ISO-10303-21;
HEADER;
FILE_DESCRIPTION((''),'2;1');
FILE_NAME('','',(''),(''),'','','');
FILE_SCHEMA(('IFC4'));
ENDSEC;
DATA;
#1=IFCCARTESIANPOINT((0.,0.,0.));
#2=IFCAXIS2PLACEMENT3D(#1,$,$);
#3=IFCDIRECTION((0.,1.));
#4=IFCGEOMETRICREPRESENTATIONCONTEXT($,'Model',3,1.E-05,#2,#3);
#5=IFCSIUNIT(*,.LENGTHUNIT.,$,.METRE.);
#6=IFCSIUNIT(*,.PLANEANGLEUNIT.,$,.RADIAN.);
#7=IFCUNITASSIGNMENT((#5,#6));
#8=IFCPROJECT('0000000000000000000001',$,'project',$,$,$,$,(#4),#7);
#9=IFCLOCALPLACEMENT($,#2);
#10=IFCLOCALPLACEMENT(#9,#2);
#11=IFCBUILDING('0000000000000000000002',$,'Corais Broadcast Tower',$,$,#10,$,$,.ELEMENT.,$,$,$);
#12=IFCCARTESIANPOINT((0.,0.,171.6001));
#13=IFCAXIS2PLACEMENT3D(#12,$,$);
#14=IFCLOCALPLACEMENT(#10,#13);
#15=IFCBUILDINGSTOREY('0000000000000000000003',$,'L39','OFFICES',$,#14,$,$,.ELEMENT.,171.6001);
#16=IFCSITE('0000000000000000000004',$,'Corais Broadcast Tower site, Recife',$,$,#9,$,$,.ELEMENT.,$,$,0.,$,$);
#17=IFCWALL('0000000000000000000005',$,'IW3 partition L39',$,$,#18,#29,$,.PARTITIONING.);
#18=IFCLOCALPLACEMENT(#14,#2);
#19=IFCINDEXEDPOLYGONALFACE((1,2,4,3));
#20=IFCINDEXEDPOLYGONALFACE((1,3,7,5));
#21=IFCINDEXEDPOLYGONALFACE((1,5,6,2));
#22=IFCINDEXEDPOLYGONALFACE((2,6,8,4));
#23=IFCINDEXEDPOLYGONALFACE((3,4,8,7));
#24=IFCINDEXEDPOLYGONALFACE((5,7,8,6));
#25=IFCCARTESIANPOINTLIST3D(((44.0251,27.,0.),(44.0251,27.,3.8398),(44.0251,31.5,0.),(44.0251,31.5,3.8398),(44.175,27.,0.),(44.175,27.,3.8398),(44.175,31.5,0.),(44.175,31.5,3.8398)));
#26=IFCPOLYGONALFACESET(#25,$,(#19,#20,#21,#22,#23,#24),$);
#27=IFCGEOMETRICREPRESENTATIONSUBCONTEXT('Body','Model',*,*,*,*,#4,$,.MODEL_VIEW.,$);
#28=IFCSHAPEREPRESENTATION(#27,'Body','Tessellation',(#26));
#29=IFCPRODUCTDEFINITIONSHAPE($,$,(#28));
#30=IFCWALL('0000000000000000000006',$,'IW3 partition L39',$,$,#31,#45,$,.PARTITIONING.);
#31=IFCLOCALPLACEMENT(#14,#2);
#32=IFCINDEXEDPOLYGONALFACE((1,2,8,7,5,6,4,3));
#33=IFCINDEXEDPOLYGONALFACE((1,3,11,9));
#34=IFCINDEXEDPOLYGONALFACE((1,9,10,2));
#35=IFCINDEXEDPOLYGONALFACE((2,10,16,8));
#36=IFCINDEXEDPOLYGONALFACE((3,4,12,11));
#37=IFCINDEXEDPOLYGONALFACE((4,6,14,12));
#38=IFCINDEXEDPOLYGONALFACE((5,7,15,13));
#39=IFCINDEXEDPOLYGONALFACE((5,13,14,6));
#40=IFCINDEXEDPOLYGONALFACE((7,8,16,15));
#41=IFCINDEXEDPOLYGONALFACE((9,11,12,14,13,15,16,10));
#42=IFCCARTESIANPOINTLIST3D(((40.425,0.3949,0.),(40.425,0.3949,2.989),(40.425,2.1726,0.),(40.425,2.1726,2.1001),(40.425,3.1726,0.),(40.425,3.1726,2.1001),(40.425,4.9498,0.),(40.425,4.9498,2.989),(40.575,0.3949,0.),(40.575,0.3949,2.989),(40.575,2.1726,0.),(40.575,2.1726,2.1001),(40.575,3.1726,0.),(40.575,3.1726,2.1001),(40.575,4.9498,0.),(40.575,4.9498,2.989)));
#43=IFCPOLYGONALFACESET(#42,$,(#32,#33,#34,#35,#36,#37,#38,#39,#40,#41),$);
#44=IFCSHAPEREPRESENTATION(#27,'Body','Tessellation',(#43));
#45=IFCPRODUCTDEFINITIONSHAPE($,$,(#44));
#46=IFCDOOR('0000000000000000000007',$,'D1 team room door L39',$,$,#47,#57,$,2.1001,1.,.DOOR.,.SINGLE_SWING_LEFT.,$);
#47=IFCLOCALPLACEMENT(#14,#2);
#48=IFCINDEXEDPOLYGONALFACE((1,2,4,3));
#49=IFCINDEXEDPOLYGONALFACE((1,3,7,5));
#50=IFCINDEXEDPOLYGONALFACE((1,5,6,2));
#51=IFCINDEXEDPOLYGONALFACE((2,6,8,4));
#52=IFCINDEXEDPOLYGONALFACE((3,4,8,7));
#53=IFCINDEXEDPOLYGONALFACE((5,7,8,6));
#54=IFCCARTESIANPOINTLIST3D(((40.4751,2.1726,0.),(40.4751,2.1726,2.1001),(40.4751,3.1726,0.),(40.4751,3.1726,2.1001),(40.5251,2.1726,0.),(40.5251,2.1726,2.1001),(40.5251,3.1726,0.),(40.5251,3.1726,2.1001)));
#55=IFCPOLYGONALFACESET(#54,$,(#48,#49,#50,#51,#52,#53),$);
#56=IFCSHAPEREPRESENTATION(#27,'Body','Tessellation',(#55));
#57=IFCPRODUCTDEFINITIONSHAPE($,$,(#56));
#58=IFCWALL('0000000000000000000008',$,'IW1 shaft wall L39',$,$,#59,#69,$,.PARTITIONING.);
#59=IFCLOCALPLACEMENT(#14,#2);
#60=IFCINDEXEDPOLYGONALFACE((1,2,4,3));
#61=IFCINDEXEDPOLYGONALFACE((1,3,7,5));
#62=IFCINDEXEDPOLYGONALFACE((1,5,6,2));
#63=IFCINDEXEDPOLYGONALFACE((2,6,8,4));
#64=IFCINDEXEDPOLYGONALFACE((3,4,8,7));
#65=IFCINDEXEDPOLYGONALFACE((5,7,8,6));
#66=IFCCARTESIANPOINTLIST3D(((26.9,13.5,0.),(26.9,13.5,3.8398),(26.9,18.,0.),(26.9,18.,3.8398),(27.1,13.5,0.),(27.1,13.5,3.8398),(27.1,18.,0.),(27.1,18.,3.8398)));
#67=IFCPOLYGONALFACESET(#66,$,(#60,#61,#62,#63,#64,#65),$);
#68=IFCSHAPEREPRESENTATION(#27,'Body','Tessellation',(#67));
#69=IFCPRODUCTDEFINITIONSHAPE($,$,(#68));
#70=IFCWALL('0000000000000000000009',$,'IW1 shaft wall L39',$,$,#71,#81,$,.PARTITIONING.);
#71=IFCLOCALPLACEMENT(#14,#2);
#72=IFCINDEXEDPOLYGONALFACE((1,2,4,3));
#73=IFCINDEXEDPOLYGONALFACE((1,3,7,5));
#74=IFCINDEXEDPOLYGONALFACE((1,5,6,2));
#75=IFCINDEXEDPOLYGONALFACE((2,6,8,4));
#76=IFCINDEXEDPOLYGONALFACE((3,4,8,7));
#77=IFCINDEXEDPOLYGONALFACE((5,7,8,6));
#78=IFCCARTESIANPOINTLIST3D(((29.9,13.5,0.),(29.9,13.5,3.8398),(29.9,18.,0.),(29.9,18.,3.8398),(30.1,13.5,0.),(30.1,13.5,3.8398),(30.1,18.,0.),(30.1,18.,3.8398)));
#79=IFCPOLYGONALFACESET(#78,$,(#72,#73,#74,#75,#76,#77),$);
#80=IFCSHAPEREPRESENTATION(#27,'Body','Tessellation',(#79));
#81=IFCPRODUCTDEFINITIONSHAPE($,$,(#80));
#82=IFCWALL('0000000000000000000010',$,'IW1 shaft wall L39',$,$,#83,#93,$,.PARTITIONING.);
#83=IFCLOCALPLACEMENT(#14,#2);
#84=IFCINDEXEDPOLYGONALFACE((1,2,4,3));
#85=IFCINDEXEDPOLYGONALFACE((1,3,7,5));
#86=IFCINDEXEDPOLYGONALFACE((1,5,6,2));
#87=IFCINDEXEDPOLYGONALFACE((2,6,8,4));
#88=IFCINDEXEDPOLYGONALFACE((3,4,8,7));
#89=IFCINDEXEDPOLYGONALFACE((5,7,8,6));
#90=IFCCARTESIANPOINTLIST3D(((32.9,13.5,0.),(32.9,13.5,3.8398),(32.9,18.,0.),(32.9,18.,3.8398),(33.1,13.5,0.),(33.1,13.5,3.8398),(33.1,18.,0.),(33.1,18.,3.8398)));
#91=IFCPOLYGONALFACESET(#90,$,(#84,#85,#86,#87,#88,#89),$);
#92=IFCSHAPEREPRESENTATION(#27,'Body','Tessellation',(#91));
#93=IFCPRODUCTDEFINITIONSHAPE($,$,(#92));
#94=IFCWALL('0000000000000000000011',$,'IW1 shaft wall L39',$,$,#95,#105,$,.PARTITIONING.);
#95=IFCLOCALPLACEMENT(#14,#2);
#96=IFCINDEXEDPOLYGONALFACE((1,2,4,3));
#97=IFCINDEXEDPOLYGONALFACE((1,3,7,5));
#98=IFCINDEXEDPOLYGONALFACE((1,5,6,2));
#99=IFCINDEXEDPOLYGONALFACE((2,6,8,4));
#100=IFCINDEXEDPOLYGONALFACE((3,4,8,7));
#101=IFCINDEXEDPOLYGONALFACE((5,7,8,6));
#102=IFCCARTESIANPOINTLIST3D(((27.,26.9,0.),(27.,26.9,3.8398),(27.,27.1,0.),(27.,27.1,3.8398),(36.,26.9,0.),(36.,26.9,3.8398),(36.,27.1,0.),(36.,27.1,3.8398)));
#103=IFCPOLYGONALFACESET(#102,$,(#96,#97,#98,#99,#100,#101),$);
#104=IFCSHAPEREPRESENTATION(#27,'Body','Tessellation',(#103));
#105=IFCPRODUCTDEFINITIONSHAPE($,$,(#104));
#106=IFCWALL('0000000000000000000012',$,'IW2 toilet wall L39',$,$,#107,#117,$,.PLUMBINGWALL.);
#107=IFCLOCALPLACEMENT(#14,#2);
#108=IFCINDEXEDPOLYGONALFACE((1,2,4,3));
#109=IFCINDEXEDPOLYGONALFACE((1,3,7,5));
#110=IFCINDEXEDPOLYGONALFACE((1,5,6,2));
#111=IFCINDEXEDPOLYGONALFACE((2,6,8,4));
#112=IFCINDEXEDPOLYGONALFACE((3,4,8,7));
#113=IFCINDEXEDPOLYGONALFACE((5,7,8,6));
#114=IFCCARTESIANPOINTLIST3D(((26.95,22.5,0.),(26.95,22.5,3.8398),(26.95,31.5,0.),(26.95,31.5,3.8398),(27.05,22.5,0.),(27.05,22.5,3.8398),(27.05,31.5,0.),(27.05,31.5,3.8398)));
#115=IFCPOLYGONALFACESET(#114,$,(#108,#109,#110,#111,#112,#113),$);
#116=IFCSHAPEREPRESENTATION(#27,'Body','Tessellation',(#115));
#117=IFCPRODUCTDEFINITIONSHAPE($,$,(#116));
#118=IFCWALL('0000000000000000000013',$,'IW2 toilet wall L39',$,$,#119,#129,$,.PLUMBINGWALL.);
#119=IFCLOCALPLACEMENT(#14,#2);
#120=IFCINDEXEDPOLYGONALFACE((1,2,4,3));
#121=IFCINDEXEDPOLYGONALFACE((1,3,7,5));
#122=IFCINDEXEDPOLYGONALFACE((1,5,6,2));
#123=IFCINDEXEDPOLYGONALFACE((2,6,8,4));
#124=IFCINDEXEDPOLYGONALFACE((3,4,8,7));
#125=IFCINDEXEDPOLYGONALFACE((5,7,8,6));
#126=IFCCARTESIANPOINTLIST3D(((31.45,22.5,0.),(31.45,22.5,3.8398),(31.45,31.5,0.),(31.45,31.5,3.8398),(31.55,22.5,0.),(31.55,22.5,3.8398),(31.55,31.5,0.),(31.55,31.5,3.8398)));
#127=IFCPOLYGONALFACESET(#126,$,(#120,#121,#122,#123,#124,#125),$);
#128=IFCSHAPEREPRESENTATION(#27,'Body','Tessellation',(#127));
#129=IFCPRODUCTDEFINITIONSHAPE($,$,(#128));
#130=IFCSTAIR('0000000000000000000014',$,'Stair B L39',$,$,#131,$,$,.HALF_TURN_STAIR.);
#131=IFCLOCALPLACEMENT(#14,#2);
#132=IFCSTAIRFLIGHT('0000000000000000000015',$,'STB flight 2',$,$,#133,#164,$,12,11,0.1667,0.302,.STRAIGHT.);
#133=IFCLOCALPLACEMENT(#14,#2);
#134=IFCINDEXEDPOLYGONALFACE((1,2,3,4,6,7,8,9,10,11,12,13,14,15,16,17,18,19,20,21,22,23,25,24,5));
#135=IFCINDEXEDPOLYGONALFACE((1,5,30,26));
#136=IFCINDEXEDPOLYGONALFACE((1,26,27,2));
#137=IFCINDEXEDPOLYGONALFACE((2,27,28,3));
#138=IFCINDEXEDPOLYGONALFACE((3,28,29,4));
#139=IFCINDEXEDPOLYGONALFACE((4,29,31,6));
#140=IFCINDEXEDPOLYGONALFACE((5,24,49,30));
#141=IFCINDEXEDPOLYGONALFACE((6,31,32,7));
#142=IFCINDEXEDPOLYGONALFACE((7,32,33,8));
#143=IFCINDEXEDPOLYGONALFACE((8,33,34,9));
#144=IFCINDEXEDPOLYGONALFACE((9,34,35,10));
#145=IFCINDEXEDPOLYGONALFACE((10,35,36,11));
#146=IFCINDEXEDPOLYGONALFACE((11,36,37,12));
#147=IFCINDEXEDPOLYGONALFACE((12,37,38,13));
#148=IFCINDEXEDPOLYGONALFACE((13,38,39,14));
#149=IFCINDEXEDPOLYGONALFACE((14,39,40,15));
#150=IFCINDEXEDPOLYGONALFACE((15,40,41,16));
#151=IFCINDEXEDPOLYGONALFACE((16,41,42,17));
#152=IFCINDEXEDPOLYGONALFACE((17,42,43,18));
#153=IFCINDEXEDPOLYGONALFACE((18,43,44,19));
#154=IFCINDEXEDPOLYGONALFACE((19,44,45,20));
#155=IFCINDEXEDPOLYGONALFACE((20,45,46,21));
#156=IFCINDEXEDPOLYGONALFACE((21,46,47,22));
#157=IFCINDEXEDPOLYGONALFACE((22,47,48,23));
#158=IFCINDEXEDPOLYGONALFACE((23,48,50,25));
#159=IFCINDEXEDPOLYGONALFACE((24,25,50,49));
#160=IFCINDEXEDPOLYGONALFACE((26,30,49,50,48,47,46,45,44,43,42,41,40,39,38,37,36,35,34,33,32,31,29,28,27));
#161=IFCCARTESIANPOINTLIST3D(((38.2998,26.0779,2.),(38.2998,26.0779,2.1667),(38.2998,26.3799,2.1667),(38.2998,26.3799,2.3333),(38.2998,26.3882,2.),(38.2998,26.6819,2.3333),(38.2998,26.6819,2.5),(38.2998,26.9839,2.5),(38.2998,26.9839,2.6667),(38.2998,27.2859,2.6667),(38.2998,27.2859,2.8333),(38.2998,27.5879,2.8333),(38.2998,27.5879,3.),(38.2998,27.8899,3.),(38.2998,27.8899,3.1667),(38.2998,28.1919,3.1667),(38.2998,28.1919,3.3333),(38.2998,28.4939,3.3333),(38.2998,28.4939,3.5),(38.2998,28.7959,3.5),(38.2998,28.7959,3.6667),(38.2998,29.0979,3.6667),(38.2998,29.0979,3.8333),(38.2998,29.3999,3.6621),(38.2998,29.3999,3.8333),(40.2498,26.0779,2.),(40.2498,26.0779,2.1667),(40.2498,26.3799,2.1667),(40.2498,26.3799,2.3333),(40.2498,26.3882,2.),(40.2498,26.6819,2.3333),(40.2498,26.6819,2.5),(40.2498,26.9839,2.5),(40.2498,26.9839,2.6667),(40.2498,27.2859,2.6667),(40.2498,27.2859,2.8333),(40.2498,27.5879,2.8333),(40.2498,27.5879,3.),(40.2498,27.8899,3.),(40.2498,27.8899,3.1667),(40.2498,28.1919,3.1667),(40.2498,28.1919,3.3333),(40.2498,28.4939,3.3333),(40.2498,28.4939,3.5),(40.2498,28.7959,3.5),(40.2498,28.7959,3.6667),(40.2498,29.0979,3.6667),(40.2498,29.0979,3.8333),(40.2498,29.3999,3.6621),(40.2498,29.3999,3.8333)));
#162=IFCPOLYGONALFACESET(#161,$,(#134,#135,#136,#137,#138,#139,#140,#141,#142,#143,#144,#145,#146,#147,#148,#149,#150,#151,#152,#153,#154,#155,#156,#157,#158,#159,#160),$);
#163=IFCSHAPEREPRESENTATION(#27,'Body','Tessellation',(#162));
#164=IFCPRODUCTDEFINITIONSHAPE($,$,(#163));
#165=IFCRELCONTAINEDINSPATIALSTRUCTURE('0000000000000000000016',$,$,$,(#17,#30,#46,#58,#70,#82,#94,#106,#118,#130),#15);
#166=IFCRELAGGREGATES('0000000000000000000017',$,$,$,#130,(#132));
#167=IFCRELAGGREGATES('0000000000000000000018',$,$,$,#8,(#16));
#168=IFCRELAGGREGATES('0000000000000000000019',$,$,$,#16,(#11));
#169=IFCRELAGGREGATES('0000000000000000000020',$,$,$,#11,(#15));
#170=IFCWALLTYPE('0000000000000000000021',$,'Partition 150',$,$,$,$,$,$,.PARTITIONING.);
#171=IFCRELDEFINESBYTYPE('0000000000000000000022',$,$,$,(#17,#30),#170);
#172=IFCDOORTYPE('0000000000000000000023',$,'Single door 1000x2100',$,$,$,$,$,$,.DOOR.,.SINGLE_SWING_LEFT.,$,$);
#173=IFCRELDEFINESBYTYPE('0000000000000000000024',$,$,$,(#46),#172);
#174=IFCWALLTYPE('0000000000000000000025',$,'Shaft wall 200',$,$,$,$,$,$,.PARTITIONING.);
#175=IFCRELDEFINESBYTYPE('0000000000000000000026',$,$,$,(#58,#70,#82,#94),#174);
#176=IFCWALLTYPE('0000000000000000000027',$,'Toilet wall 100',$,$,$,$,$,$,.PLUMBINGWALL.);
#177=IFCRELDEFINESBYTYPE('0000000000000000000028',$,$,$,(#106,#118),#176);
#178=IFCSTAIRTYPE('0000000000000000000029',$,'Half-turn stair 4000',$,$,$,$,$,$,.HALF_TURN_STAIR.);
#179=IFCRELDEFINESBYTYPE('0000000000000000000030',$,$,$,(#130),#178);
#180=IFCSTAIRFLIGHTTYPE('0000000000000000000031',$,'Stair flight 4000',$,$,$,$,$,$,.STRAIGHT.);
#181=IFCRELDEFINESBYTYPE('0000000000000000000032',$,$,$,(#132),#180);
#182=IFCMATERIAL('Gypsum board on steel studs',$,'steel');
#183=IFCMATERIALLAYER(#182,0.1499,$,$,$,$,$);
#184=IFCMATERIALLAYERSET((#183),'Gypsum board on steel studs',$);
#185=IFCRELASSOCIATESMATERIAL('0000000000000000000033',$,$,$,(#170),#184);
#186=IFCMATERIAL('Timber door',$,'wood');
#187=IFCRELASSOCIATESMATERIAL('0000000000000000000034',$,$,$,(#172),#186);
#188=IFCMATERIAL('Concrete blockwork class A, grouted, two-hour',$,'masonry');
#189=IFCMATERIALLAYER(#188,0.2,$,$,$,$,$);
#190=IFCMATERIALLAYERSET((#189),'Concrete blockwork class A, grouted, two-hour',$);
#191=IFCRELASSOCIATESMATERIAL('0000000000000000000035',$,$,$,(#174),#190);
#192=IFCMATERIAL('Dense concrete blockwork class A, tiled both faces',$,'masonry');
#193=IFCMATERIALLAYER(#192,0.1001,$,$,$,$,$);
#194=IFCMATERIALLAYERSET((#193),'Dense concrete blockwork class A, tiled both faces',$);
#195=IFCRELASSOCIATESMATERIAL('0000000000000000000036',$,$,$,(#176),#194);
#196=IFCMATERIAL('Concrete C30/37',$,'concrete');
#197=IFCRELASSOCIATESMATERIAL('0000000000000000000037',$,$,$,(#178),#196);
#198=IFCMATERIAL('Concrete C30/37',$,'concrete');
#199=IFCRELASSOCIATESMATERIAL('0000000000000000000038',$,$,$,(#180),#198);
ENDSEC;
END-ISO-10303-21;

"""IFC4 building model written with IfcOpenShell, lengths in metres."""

from ifc_helpers import new_model, si_unit, direction, frame, frame_2d, origin, place, context, subcontext, project, spatial, polyline, rectangle, outline, extrude, material, layer, layer_set, type_object, element, fill, aggregate, save


model = new_model("IFC4")

# Units and contexts
model_context = context("Model", 3, precision=1e-05, world=origin(), true_north=direction((0.0, 1.0)))
body_context = subcontext(model_context, "Body", "Model", "MODEL_VIEW")
ifc_project = project(units=[si_unit("LENGTHUNIT", "METRE"), si_unit("PLANEANGLEUNIT", "RADIAN")], contexts=[model_context])

# Site, building, storey
site_placement = place(None, origin())
site = spatial("IfcSite", under=ifc_project, at=site_placement, Name="Corais Broadcast Tower site, Recife", CompositionType="ELEMENT", RefElevation=0.0)
building_placement = place(site_placement, origin())
building = spatial("IfcBuilding", under=site, at=building_placement, Name="Corais Broadcast Tower", CompositionType="ELEMENT")
storey_placement = place(building_placement, frame((0.0, 0.0, 171.6001)))
storey = spatial("IfcBuildingStorey", under=building, at=storey_placement, Name="L39", Description="OFFICES", CompositionType="ELEMENT", Elevation=171.6001)

# Shared definitions
ifc_material_1 = material(Name="Gypsum board on steel studs", Category="steel")
ifc_layer_1 = layer(ifc_material_1, 0.1499)
ifc_layer_set_1 = layer_set([ifc_layer_1], Name="Gypsum board on steel studs")
wall_type_1 = type_object("IfcWallType", Name="Partition 150", PredefinedType="PARTITIONING", material=ifc_layer_set_1)
ifc_material_2 = material(Name="Timber door", Category="wood")
door_type_1 = type_object("IfcDoorType", Name="Single door 1000x2100", OperationType="SINGLE_SWING_LEFT", PredefinedType="DOOR", material=ifc_material_2)

# Wall
wall_1_placement = place(storey_placement, frame((44.1001, 27.0, 0.0), z_axis=(0.0, 0.0, 1.0), x_axis=(0.0, 1.0, 0.0)))
element("IfcWall", 1, at=wall_1_placement, inside=storey, type_object=wall_type_1, Name="IW3 partition L39", PredefinedType="PARTITIONING", context=body_context, shape_type="SweptSolid", body=[
    extrude(rectangle(XDim=4.5, YDim=0.1499, at=frame_2d((2.25, 0.0))), origin(), (0.0, 0.0, 1.0), 3.8398),
])

# Wall, opening, door
wall_2_placement = place(storey_placement, frame((40.5, 0.395, 0.0), z_axis=(0.0, 0.0, 1.0), x_axis=(0.0, 1.0, 0.0)))
wall_2 = element("IfcWall", 2, at=wall_2_placement, inside=storey, type_object=wall_type_1, Name="IW3 partition L39", PredefinedType="PARTITIONING", context=body_context, shape_type="SweptSolid", body=[
    extrude(rectangle(XDim=4.5549, YDim=0.1499, at=frame_2d((2.2773, 0.0))), origin(), (0.0, 0.0, 1.0), 2.989),
])
opening_1_placement = place(wall_2_placement, frame((1.7776, 0.0, 0.0)))
opening_1 = element("IfcOpeningElement", 3, at=opening_1_placement, cuts=wall_2, PredefinedType="OPENING", context=body_context, shape_type="SweptSolid", body=[
    extrude(rectangle(XDim=1.0, YDim=2.1001, at=frame_2d((0.5, 1.05))), frame((0.0, 0.085, 0.0), z_axis=(0.0, -1.0, 0.0), x_axis=(1.0, 0.0, 0.0)), (0.0, 0.0, 1.0), 0.1699),
])
door_1_placement = place(opening_1_placement, origin())
door_1 = element("IfcDoor", 4, at=door_1_placement, inside=storey, type_object=door_type_1, Name="D1 team room door L39", OperationType="SINGLE_SWING_LEFT", OverallHeight=2.1001, OverallWidth=1.0, PredefinedType="DOOR", context=body_context, shape_type="SweptSolid", body=[
    extrude(rectangle(XDim=1.0, YDim=2.1001, at=frame_2d((0.5, 1.05))), frame((0.0, 0.0249, 0.0), z_axis=(0.0, -1.0, 0.0), x_axis=(1.0, 0.0, 0.0)), (0.0, 0.0, 1.0), 0.05),
])
fill(opening_1, door_1)

# Walls
ifc_material_3 = material(Name="Concrete blockwork class A, grouted, two-hour", Category="masonry")
ifc_layer_2 = layer(ifc_material_3, 0.2)
ifc_layer_set_2 = layer_set([ifc_layer_2], Name="Concrete blockwork class A, grouted, two-hour")
wall_type_2 = type_object("IfcWallType", Name="Shaft wall 200", PredefinedType="PARTITIONING", material=ifc_layer_set_2)
for number, where, z_axis, x_axis, name in (
    (5, (27.0, 13.5, 0.0), (0.0, 0.0, 1.0), (0.0, 1.0, 0.0), "IW1 shaft wall L39"),
    (6, (30.0, 13.5, 0.0), (0.0, 0.0, 1.0), (0.0, 1.0, 0.0), "IW1 shaft wall L39"),
    (7, (33.0, 13.5, 0.0), (0.0, 0.0, 1.0), (0.0, 1.0, 0.0), "IW1 shaft wall L39"),
):
    element("IfcWall", number, at=place(storey_placement, frame(where, z_axis=z_axis, x_axis=x_axis)), inside=storey, type_object=wall_type_2, Name=name, PredefinedType="PARTITIONING", context=body_context, shape_type="SweptSolid", body=[
        extrude(rectangle(XDim=4.5, YDim=0.2, at=frame_2d((2.25, 0.0))), origin(), (0.0, 0.0, 1.0), 3.8398),
    ])
wall_3_placement = place(storey_placement, frame((27.0, 27.0, 0.0), z_axis=(0.0, 0.0, 1.0), x_axis=(1.0, 0.0, 0.0)))
element("IfcWall", 8, at=wall_3_placement, inside=storey, type_object=wall_type_2, Name="IW1 shaft wall L39", PredefinedType="PARTITIONING", context=body_context, shape_type="SweptSolid", body=[
    extrude(rectangle(XDim=9.0, YDim=0.2, at=frame_2d((4.5, 0.0))), origin(), (0.0, 0.0, 1.0), 3.8398),
])
ifc_material_4 = material(Name="Dense concrete blockwork class A, tiled both faces", Category="masonry")
ifc_layer_3 = layer(ifc_material_4, 0.1001)
ifc_layer_set_3 = layer_set([ifc_layer_3], Name="Dense concrete blockwork class A, tiled both faces")
wall_type_3 = type_object("IfcWallType", Name="Toilet wall 100", PredefinedType="PLUMBINGWALL", material=ifc_layer_set_3)
for number, where, z_axis, x_axis, name in (
    (9, (27.0, 22.5, 0.0), (0.0, 0.0, 1.0), (0.0, 1.0, 0.0), "IW2 toilet wall L39"),
    (10, (31.5, 22.5, 0.0), (0.0, 0.0, 1.0), (0.0, 1.0, 0.0), "IW2 toilet wall L39"),
):
    element("IfcWall", number, at=place(storey_placement, frame(where, z_axis=z_axis, x_axis=x_axis)), inside=storey, type_object=wall_type_3, Name=name, PredefinedType="PLUMBINGWALL", context=body_context, shape_type="SweptSolid", body=[
        extrude(rectangle(XDim=9.0, YDim=0.1001, at=frame_2d((4.5, 0.0))), origin(), (0.0, 0.0, 1.0), 3.8398),
    ])

# Stair, stair flight
ifc_material_5 = material(Name="Concrete C30/37", Category="concrete")
stair_type = type_object("IfcStairType", Name="Half-turn stair 4000", PredefinedType="HALF_TURN_STAIR", material=ifc_material_5)
stair_placement = place(storey_placement, origin())
stair = element("IfcStair", 11, at=stair_placement, inside=storey, type_object=stair_type, Name="Stair B L39", PredefinedType="HALF_TURN_STAIR")
ifc_material_6 = material(Name="Concrete C30/37", Category="concrete")
stair_flight_type = type_object("IfcStairFlightType", Name="Stair flight 4000", PredefinedType="STRAIGHT", material=ifc_material_6)
stair_flight_placement = place(storey_placement, frame((39.2749, 26.0779, 2.0), z_axis=(0.0, 0.0, 1.0), x_axis=(0.0, 1.0, 0.0)))
stair_flight = element("IfcStairFlight", 12, at=stair_flight_placement, type_object=stair_flight_type, Name="STB flight 2", NumberOfRisers=12, NumberOfTreads=11, PredefinedType="STRAIGHT", RiserHeight=0.1667, TreadLength=0.302, context=body_context, shape_type="SweptSolid", body=[
    extrude(outline(polyline([(0.0, 0.0), (0.0, 0.1667), (0.302, 0.1667), (0.302, 0.3333), (0.604, 0.3333), (0.604, 0.5), (0.906, 0.5), (0.906, 0.6667), (1.208, 0.6667), (1.208, 0.8333), (1.51, 0.8333), (1.51, 1.0), (1.812, 1.0), (1.812, 1.1667), (2.114, 1.1667), (2.114, 1.3333), (2.416, 1.3333), (2.416, 1.5), (2.718, 1.5), (2.718, 1.6667), (3.02, 1.6667), (3.02, 1.8333), (3.322, 1.8333), (3.322, 2.0), (3.322, 1.6621), (0.3103, 0.0), (0.0, 0.0)])), frame((0.0, 0.9751, 0.0), z_axis=(0.0, -1.0, 0.0), x_axis=(1.0, 0.0, 0.0)), (0.0, 0.0, 1.0), 1.95),
])
aggregate(stair, [stair_flight])

save(model, "model.ifc")
